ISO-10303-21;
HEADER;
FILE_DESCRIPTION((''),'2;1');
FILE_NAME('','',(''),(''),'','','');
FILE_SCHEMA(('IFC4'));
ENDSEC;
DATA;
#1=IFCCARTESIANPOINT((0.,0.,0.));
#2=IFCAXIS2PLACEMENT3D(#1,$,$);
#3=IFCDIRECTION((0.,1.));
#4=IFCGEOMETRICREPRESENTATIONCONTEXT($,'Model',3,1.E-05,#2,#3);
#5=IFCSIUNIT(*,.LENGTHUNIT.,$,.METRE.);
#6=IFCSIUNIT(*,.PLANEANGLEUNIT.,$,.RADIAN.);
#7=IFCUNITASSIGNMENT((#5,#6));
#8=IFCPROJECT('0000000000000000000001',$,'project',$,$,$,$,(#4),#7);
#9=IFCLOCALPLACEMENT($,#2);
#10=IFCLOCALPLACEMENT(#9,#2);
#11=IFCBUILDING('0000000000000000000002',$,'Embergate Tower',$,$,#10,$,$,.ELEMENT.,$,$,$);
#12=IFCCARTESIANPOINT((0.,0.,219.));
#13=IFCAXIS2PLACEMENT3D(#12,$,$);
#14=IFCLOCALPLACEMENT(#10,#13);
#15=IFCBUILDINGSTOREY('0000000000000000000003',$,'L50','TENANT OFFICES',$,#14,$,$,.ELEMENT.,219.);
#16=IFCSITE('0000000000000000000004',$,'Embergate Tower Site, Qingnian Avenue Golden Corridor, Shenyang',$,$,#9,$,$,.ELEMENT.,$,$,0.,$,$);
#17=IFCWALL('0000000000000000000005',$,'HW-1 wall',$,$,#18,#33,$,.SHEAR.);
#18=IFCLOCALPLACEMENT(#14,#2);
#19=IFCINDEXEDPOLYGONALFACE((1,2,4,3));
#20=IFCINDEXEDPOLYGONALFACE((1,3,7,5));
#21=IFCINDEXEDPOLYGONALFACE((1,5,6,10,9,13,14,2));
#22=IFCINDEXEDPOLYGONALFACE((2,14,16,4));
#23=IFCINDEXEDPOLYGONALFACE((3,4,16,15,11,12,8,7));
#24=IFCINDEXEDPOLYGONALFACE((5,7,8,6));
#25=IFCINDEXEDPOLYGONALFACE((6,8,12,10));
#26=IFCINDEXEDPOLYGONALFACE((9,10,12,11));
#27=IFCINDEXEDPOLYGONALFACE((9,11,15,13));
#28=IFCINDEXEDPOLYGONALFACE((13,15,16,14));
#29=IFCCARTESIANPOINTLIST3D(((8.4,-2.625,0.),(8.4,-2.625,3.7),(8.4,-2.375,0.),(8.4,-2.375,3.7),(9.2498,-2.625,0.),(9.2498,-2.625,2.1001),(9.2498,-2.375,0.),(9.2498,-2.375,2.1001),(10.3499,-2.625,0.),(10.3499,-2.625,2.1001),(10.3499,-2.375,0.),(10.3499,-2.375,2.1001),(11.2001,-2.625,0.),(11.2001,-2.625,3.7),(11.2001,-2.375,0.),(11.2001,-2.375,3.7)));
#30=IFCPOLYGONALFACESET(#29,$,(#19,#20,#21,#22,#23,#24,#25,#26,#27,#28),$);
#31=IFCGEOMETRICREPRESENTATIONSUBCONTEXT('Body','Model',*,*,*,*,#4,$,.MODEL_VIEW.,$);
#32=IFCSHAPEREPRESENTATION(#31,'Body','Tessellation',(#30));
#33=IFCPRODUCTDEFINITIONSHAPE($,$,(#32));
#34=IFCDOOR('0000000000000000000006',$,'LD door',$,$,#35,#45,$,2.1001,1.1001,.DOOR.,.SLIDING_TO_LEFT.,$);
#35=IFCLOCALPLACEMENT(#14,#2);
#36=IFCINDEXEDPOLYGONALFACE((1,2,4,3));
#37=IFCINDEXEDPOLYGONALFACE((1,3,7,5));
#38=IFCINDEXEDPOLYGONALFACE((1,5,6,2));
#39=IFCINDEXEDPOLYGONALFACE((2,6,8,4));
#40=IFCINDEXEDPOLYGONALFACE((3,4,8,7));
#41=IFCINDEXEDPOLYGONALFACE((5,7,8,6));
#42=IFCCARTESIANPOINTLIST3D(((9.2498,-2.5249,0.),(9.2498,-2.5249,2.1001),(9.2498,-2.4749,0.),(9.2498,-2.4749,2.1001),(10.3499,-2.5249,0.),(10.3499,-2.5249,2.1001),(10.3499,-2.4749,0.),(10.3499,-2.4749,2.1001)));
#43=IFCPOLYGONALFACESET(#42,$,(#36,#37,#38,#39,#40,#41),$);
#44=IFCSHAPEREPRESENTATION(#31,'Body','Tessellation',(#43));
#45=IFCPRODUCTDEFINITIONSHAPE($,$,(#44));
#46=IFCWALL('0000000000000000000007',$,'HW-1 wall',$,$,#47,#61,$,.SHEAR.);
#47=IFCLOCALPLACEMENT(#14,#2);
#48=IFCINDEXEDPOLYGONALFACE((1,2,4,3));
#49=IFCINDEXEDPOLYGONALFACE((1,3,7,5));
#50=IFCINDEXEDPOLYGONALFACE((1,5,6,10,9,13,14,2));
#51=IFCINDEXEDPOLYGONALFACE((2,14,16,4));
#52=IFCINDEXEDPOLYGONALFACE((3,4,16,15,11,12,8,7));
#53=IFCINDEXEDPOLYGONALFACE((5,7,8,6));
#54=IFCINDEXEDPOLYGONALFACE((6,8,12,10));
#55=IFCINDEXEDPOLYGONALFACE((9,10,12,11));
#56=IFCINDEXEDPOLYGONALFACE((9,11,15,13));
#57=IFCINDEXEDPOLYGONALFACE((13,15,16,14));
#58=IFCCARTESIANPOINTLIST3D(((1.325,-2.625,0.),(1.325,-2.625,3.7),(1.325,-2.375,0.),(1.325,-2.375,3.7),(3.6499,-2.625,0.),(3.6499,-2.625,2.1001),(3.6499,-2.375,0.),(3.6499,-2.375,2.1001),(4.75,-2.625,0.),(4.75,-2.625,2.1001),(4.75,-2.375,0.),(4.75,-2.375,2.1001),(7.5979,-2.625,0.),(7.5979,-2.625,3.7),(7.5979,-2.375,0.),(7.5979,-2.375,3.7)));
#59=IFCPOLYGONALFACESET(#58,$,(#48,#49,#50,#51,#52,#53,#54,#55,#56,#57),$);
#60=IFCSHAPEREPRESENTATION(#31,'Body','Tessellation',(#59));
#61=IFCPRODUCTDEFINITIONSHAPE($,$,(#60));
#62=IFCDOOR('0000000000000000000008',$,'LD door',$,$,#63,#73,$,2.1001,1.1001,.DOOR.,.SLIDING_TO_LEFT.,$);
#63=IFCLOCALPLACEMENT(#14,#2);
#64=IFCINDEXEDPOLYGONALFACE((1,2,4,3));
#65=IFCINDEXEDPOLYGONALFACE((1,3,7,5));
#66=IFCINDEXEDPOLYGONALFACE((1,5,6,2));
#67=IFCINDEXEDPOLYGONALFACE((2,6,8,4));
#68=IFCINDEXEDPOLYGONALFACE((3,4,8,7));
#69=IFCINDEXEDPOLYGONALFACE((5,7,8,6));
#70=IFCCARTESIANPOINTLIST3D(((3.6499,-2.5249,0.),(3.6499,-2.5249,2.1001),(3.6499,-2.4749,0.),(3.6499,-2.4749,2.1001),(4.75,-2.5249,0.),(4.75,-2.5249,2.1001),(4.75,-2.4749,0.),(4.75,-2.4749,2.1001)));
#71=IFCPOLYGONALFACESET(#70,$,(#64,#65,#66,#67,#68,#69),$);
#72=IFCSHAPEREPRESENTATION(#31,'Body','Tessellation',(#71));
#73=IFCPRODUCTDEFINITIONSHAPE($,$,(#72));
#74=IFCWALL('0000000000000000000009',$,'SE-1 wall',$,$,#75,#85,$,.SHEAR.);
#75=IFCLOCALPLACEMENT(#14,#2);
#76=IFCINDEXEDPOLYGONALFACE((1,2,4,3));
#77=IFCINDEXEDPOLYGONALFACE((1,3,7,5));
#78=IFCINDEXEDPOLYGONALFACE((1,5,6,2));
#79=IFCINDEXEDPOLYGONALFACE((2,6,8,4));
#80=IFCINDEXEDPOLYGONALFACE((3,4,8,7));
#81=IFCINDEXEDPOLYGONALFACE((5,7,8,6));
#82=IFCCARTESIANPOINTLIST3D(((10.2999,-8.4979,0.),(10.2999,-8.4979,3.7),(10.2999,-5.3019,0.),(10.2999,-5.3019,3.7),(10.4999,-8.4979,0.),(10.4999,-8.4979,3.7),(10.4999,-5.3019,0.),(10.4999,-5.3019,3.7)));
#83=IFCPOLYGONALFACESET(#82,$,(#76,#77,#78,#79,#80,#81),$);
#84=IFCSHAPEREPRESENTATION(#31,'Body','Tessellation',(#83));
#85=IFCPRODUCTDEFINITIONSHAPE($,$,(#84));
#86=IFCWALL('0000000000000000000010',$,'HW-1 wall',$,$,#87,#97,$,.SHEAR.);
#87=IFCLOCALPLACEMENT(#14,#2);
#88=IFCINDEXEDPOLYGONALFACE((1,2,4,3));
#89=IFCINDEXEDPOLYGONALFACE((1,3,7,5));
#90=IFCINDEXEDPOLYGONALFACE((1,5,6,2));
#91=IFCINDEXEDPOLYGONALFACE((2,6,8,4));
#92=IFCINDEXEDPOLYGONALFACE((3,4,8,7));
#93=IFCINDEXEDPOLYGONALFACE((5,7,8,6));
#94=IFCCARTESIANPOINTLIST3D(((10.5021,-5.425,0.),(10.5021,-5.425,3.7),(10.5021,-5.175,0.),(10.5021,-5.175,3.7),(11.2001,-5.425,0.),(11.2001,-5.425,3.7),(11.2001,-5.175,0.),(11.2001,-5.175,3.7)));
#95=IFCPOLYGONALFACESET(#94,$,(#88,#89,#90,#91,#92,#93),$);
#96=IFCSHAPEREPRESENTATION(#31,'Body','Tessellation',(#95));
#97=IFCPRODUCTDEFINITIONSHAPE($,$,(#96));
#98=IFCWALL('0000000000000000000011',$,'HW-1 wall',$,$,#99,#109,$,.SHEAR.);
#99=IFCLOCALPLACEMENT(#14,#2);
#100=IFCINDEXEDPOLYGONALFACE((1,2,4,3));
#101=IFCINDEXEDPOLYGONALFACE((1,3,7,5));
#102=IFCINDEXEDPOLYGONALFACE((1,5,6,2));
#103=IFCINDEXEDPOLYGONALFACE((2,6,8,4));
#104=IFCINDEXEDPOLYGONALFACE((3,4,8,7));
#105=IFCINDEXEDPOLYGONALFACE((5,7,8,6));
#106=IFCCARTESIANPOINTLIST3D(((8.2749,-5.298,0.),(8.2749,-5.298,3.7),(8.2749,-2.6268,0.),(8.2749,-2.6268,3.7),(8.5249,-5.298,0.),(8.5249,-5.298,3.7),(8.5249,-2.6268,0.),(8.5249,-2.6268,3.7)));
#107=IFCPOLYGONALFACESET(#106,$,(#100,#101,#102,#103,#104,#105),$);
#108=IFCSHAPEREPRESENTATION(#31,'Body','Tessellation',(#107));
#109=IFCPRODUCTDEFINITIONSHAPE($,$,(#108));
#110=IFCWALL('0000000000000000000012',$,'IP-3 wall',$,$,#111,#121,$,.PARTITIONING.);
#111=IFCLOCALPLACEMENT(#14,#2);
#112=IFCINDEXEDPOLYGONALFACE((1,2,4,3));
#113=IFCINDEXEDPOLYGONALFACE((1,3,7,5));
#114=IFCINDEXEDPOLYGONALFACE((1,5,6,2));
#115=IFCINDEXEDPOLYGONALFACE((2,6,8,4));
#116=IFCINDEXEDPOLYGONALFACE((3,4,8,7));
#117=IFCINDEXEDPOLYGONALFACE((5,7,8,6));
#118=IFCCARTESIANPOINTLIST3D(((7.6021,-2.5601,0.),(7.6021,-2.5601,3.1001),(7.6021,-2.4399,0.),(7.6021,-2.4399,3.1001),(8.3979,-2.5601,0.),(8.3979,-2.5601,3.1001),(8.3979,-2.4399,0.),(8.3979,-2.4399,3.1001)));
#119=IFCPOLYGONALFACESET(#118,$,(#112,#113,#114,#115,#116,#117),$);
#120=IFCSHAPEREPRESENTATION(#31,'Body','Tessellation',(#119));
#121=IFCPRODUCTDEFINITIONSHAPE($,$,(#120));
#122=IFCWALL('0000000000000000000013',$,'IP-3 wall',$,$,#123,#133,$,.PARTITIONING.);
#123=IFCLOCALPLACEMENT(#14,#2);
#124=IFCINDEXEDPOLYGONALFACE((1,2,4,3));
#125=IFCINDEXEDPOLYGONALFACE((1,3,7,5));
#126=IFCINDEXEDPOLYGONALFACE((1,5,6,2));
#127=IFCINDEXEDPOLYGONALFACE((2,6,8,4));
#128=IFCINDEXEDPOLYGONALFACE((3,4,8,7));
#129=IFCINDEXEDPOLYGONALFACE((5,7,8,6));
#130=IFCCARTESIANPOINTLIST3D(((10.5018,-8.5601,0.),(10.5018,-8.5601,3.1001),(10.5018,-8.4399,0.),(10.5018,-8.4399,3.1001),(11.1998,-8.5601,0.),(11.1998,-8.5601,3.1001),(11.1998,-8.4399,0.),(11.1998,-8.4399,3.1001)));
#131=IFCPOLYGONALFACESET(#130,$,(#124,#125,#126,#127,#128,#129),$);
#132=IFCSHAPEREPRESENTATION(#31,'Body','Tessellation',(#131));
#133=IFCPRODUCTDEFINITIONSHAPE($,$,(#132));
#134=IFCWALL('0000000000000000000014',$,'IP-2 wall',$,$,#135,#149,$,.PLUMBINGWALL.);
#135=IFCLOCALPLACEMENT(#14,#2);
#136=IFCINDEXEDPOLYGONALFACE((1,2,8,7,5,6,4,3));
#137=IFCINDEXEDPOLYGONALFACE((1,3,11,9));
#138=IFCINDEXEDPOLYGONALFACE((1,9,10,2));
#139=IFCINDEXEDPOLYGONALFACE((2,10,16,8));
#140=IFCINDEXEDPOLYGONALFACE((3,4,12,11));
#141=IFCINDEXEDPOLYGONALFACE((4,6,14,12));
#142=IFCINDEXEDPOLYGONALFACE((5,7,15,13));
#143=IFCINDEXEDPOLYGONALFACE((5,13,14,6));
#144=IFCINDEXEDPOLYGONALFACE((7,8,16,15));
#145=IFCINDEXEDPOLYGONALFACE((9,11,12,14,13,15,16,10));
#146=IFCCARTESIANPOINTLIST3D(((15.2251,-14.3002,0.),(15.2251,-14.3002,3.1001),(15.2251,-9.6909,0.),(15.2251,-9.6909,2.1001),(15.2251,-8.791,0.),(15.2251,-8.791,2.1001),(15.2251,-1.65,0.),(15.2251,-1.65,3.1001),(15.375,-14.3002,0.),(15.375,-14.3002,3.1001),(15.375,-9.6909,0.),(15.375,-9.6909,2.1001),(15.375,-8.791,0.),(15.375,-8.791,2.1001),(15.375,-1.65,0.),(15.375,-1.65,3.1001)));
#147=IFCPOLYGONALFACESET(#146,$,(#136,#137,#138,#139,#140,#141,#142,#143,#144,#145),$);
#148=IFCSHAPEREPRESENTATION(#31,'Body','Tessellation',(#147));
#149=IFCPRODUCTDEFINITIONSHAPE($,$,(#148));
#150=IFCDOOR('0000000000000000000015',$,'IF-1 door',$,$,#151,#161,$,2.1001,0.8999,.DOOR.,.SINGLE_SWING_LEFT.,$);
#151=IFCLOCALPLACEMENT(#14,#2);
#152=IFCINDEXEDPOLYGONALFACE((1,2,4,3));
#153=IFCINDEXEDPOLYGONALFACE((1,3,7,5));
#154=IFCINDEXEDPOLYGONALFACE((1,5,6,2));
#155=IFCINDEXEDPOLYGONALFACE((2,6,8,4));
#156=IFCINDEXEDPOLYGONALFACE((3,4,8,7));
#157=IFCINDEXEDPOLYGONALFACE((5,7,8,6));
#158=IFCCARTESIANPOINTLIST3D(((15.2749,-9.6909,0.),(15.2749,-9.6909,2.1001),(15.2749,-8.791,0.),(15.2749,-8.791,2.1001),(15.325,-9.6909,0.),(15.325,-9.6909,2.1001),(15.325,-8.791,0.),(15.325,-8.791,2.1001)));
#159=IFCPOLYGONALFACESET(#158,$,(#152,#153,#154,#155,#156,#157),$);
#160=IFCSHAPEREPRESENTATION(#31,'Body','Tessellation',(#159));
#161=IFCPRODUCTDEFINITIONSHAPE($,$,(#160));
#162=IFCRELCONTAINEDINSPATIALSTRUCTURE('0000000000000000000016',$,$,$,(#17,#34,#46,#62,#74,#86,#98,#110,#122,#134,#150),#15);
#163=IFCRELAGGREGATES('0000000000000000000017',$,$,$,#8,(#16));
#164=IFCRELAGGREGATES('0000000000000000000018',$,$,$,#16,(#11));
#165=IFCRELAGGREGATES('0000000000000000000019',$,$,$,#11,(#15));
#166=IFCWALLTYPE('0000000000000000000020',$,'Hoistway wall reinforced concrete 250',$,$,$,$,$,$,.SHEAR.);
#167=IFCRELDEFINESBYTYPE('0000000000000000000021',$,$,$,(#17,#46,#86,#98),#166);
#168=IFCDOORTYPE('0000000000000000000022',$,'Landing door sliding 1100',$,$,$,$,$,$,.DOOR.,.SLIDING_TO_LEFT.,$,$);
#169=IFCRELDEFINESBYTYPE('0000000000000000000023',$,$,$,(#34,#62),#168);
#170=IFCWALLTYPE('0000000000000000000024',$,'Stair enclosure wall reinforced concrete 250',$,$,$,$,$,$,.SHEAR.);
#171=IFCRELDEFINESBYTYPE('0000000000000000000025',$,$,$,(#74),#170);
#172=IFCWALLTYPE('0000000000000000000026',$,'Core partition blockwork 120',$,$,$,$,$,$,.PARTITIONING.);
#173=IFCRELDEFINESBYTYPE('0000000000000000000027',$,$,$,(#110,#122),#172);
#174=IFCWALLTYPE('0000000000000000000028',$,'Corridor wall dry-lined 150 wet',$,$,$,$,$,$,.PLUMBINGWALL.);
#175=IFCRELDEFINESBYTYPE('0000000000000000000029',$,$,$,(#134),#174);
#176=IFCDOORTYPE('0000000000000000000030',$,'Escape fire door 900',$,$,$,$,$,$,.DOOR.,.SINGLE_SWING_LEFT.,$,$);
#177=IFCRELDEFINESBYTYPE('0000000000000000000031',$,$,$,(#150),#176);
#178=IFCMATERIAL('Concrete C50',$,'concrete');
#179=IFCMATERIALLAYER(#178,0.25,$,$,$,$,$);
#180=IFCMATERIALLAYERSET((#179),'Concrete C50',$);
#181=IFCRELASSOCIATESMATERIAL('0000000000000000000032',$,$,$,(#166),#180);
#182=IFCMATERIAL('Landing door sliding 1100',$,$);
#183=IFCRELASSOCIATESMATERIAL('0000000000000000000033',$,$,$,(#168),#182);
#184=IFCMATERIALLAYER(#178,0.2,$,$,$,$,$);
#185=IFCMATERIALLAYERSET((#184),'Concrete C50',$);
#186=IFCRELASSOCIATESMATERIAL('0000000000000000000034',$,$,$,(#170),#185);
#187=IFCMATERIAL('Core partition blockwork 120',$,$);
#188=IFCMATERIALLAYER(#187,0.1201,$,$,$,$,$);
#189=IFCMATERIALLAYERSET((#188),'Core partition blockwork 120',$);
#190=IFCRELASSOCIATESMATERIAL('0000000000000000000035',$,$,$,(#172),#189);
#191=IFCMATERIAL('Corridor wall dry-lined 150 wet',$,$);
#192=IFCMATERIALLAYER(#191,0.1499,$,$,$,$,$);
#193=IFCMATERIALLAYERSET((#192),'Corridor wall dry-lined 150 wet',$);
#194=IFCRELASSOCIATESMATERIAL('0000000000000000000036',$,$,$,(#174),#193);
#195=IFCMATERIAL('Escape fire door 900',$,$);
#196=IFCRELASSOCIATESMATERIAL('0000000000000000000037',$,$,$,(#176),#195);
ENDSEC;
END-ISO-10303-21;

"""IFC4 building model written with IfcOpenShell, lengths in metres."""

from ifc_helpers import new_model, si_unit, direction, frame, frame_2d, origin, place, context, subcontext, project, spatial, rectangle, extrude, source, transform, mapped, material, layer, layer_set, type_object, element, fill, save


model = new_model("IFC4")

# Units and contexts
model_context = context("Model", 3, precision=1e-05, world=origin(), true_north=direction((0.0, 1.0)))
body_context = subcontext(model_context, "Body", "Model", "MODEL_VIEW")
ifc_project = project(units=[si_unit("LENGTHUNIT", "METRE"), si_unit("PLANEANGLEUNIT", "RADIAN")], contexts=[model_context])

# Site, building, storey
site_placement = place(None, origin())
site = spatial("IfcSite", under=ifc_project, at=site_placement, Name="Embergate Tower Site, Qingnian Avenue Golden Corridor, Shenyang", CompositionType="ELEMENT", RefElevation=0.0)
building_placement = place(site_placement, origin())
building = spatial("IfcBuilding", under=site, at=building_placement, Name="Embergate Tower", CompositionType="ELEMENT")
storey_placement = place(building_placement, frame((0.0, 0.0, 219.0)))
storey = spatial("IfcBuildingStorey", under=building, at=storey_placement, Name="L50", Description="TENANT OFFICES", CompositionType="ELEMENT", Elevation=219.0)

# Shared definitions
ifc_material_1 = material(Name="Concrete C50", Category="concrete")
ifc_layer_1 = layer(ifc_material_1, 0.25)
ifc_layer_set_1 = layer_set([ifc_layer_1], Name="Concrete C50")
wall_type_1 = type_object("IfcWallType", Name="Hoistway wall reinforced concrete 250", PredefinedType="SHEAR", material=ifc_layer_set_1)

# Walls, openings, doors
shared_shape_1 = source(origin(), body_context, "Body", "SweptSolid", [
    extrude(rectangle(XDim=2.8, YDim=0.25, at=frame_2d((1.3999, 0.0))), origin(), (0.0, 0.0, 1.0), 3.7),
])
wall_1_placement = place(storey_placement, frame((11.2, -2.5, 0.0), z_axis=(0.0, 0.0, 1.0), x_axis=(-1.0, 0.0, 0.0)))
wall_1 = element("IfcWall", 1, at=wall_1_placement, inside=storey, type_object=wall_type_1, Name="HW-1 wall", PredefinedType="SHEAR", context=body_context, shape_type="MappedRepresentation", body=[
    mapped(shared_shape_1, transform((0.0, 0.0, 0.0))),
])
shared_shape_2 = source(origin(), body_context, "Body", "SweptSolid", [
    extrude(rectangle(XDim=1.1001, YDim=2.1001, at=frame_2d((0.55, 1.05))), frame((0.0, 0.135, 0.0), z_axis=(0.0, -1.0, 0.0), x_axis=(1.0, 0.0, 0.0)), (0.0, 0.0, 1.0), 0.27),
])
opening_1_placement = place(wall_1_placement, frame((0.8501, 0.0, 0.0)))
opening_1 = element("IfcOpeningElement", 2, at=opening_1_placement, cuts=wall_1, PredefinedType="OPENING", context=body_context, shape_type="MappedRepresentation", body=[
    mapped(shared_shape_2, transform((0.0, 0.0, 0.0))),
])
ifc_material_2 = material(Name="Landing door sliding 1100")
door_type_1 = type_object("IfcDoorType", Name="Landing door sliding 1100", OperationType="SLIDING_TO_LEFT", PredefinedType="DOOR", material=ifc_material_2)
shared_shape_3 = source(origin(), body_context, "Body", "SweptSolid", [
    extrude(rectangle(XDim=1.1001, YDim=2.1001, at=frame_2d((0.55, 1.05))), frame((0.0, 0.0249, 0.0), z_axis=(0.0, -1.0, 0.0), x_axis=(1.0, 0.0, 0.0)), (0.0, 0.0, 1.0), 0.05),
])
door_1_placement = place(opening_1_placement, origin())
door_1 = element("IfcDoor", 3, at=door_1_placement, inside=storey, type_object=door_type_1, Name="LD door", OperationType="SLIDING_TO_LEFT", OverallHeight=2.1001, OverallWidth=1.1001, PredefinedType="DOOR", context=body_context, shape_type="MappedRepresentation", body=[
    mapped(shared_shape_3, transform((0.0, 0.0, 0.0))),
])
fill(opening_1, door_1)
shared_shape_4 = source(origin(), body_context, "Body", "SweptSolid", [
    extrude(rectangle(XDim=6.2729, YDim=0.25, at=frame_2d((3.1365, 0.0))), origin(), (0.0, 0.0, 1.0), 3.7),
])
wall_2_placement = place(storey_placement, frame((7.5979, -2.5, 0.0), z_axis=(0.0, 0.0, 1.0), x_axis=(-1.0, 0.0, 0.0)))
wall_2 = element("IfcWall", 4, at=wall_2_placement, inside=storey, type_object=wall_type_1, Name="HW-1 wall", PredefinedType="SHEAR", context=body_context, shape_type="MappedRepresentation", body=[
    mapped(shared_shape_4, transform((0.0, 0.0, 0.0))),
])
opening_2_placement = place(wall_2_placement, frame((2.8479, 0.0, 0.0)))
opening_2 = element("IfcOpeningElement", 5, at=opening_2_placement, cuts=wall_2, PredefinedType="OPENING", context=body_context, shape_type="MappedRepresentation", body=[
    mapped(shared_shape_2, transform((0.0, 0.0, 0.0))),
])
door_2_placement = place(opening_2_placement, origin())
door_2 = element("IfcDoor", 6, at=door_2_placement, inside=storey, type_object=door_type_1, Name="LD door", OperationType="SLIDING_TO_LEFT", OverallHeight=2.1001, OverallWidth=1.1001, PredefinedType="DOOR", context=body_context, shape_type="MappedRepresentation", body=[
    mapped(shared_shape_3, transform((0.0, 0.0, 0.0))),
])
fill(opening_2, door_2)

# Walls
ifc_layer_2 = layer(ifc_material_1, 0.2)
ifc_layer_set_2 = layer_set([ifc_layer_2], Name="Concrete C50")
wall_type_2 = type_object("IfcWallType", Name="Stair enclosure wall reinforced concrete 250", PredefinedType="SHEAR", material=ifc_layer_set_2)
shared_shape_5 = source(origin(), body_context, "Body", "SweptSolid", [
    extrude(rectangle(XDim=3.196, YDim=0.2, at=frame_2d((1.5981, 0.0))), origin(), (0.0, 0.0, 1.0), 3.7),
])
wall_3_placement = place(storey_placement, frame((10.3999, -8.498, 0.0), z_axis=(0.0, 0.0, 1.0), x_axis=(0.0, 1.0, 0.0)))
element("IfcWall", 7, at=wall_3_placement, inside=storey, type_object=wall_type_2, Name="SE-1 wall", PredefinedType="SHEAR", context=body_context, shape_type="MappedRepresentation", body=[
    mapped(shared_shape_5, transform((0.0, 0.0, 0.0))),
])
shared_shape_6 = source(origin(), body_context, "Body", "SweptSolid", [
    extrude(rectangle(XDim=0.698, YDim=0.25, at=frame_2d((0.3491, 0.0))), origin(), (0.0, 0.0, 1.0), 3.7),
])
wall_4_placement = place(storey_placement, frame((10.502, -5.3, 0.0), z_axis=(0.0, 0.0, 1.0), x_axis=(1.0, 0.0, 0.0)))
element("IfcWall", 8, at=wall_4_placement, inside=storey, type_object=wall_type_1, Name="HW-1 wall", PredefinedType="SHEAR", context=body_context, shape_type="MappedRepresentation", body=[
    mapped(shared_shape_6, transform((0.0, 0.0, 0.0))),
])
shared_shape_7 = source(origin(), body_context, "Body", "SweptSolid", [
    extrude(rectangle(XDim=2.6711, YDim=0.25, at=frame_2d((1.3354, 0.0))), origin(), (0.0, 0.0, 1.0), 3.7),
])
wall_5_placement = place(storey_placement, frame((8.3999, -2.627, 0.0), z_axis=(0.0, 0.0, 1.0), x_axis=(0.0, -1.0, 0.0)))
element("IfcWall", 9, at=wall_5_placement, inside=storey, type_object=wall_type_1, Name="HW-1 wall", PredefinedType="SHEAR", context=body_context, shape_type="MappedRepresentation", body=[
    mapped(shared_shape_7, transform((0.0, 0.0, 0.0))),
])
ifc_material_3 = material(Name="Core partition blockwork 120")
ifc_layer_3 = layer(ifc_material_3, 0.1201)
ifc_layer_set_3 = layer_set([ifc_layer_3], Name="Core partition blockwork 120")
wall_type_3 = type_object("IfcWallType", Name="Core partition blockwork 120", PredefinedType="PARTITIONING", material=ifc_layer_set_3)
shared_shape_8 = source(origin(), body_context, "Body", "SweptSolid", [
    extrude(rectangle(XDim=0.7959, YDim=0.1201, at=frame_2d((0.3979, 0.0))), origin(), (0.0, 0.0, 1.0), 3.1001),
])
wall_6_placement = place(storey_placement, frame((7.6021, -2.5, 0.0), z_axis=(0.0, 0.0, 1.0), x_axis=(1.0, 0.0, 0.0)))
element("IfcWall", 10, at=wall_6_placement, inside=storey, type_object=wall_type_3, Name="IP-3 wall", PredefinedType="PARTITIONING", context=body_context, shape_type="MappedRepresentation", body=[
    mapped(shared_shape_8, transform((0.0, 0.0, 0.0))),
])
shared_shape_9 = source(origin(), body_context, "Body", "SweptSolid", [
    extrude(rectangle(XDim=0.698, YDim=0.1201, at=frame_2d((0.3491, 0.0))), origin(), (0.0, 0.0, 1.0), 3.1001),
])
wall_7_placement = place(storey_placement, frame((11.2, -8.5, 0.0), z_axis=(0.0, 0.0, 1.0), x_axis=(-1.0, 0.0, 0.0)))
element("IfcWall", 11, at=wall_7_placement, inside=storey, type_object=wall_type_3, Name="IP-3 wall", PredefinedType="PARTITIONING", context=body_context, shape_type="MappedRepresentation", body=[
    mapped(shared_shape_9, transform((0.0, 0.0, 0.0))),
])

# Wall, opening, door
ifc_material_4 = material(Name="Corridor wall dry-lined 150 wet")
ifc_layer_4 = layer(ifc_material_4, 0.1499)
ifc_layer_set_4 = layer_set([ifc_layer_4], Name="Corridor wall dry-lined 150 wet")
wall_type_4 = type_object("IfcWallType", Name="Corridor wall dry-lined 150 wet", PredefinedType="PLUMBINGWALL", material=ifc_layer_set_4)
shared_shape_10 = source(origin(), body_context, "Body", "SweptSolid", [
    extrude(rectangle(XDim=12.6501, YDim=0.1499, at=frame_2d((6.3252, 0.0))), origin(), (0.0, 0.0, 1.0), 3.1001),
])
wall_8_placement = place(storey_placement, frame((15.3, -1.6499, 0.0), z_axis=(0.0, 0.0, 1.0), x_axis=(0.0, -1.0, 0.0)))
wall_8 = element("IfcWall", 12, at=wall_8_placement, inside=storey, type_object=wall_type_4, Name="IP-2 wall", PredefinedType="PLUMBINGWALL", context=body_context, shape_type="MappedRepresentation", body=[
    mapped(shared_shape_10, transform((0.0, 0.0, 0.0))),
])
shared_shape_11 = source(origin(), body_context, "Body", "SweptSolid", [
    extrude(rectangle(XDim=0.8999, YDim=2.1001, at=frame_2d((0.45, 1.05))), frame((0.0, 0.085, 0.0), z_axis=(0.0, -1.0, 0.0), x_axis=(1.0, 0.0, 0.0)), (0.0, 0.0, 1.0), 0.1699),
])
opening_3_placement = place(wall_8_placement, frame((7.1411, 0.0, 0.0)))
opening_3 = element("IfcOpeningElement", 13, at=opening_3_placement, cuts=wall_8, PredefinedType="OPENING", context=body_context, shape_type="MappedRepresentation", body=[
    mapped(shared_shape_11, transform((0.0, 0.0, 0.0))),
])
ifc_material_5 = material(Name="Escape fire door 900")
door_type_2 = type_object("IfcDoorType", Name="Escape fire door 900", OperationType="SINGLE_SWING_LEFT", PredefinedType="DOOR", material=ifc_material_5)
shared_shape_12 = source(origin(), body_context, "Body", "SweptSolid", [
    extrude(rectangle(XDim=0.8999, YDim=2.1001, at=frame_2d((0.45, 1.05))), frame((0.0, 0.0249, 0.0), z_axis=(0.0, -1.0, 0.0), x_axis=(1.0, 0.0, 0.0)), (0.0, 0.0, 1.0), 0.05),
])
door_3_placement = place(opening_3_placement, origin())
door_3 = element("IfcDoor", 14, at=door_3_placement, inside=storey, type_object=door_type_2, Name="IF-1 door", OperationType="SINGLE_SWING_LEFT", OverallHeight=2.1001, OverallWidth=0.8999, PredefinedType="DOOR", context=body_context, shape_type="MappedRepresentation", body=[
    mapped(shared_shape_12, transform((0.0, 0.0, 0.0))),
])
fill(opening_3, door_3)

save(model, "model.ifc")
